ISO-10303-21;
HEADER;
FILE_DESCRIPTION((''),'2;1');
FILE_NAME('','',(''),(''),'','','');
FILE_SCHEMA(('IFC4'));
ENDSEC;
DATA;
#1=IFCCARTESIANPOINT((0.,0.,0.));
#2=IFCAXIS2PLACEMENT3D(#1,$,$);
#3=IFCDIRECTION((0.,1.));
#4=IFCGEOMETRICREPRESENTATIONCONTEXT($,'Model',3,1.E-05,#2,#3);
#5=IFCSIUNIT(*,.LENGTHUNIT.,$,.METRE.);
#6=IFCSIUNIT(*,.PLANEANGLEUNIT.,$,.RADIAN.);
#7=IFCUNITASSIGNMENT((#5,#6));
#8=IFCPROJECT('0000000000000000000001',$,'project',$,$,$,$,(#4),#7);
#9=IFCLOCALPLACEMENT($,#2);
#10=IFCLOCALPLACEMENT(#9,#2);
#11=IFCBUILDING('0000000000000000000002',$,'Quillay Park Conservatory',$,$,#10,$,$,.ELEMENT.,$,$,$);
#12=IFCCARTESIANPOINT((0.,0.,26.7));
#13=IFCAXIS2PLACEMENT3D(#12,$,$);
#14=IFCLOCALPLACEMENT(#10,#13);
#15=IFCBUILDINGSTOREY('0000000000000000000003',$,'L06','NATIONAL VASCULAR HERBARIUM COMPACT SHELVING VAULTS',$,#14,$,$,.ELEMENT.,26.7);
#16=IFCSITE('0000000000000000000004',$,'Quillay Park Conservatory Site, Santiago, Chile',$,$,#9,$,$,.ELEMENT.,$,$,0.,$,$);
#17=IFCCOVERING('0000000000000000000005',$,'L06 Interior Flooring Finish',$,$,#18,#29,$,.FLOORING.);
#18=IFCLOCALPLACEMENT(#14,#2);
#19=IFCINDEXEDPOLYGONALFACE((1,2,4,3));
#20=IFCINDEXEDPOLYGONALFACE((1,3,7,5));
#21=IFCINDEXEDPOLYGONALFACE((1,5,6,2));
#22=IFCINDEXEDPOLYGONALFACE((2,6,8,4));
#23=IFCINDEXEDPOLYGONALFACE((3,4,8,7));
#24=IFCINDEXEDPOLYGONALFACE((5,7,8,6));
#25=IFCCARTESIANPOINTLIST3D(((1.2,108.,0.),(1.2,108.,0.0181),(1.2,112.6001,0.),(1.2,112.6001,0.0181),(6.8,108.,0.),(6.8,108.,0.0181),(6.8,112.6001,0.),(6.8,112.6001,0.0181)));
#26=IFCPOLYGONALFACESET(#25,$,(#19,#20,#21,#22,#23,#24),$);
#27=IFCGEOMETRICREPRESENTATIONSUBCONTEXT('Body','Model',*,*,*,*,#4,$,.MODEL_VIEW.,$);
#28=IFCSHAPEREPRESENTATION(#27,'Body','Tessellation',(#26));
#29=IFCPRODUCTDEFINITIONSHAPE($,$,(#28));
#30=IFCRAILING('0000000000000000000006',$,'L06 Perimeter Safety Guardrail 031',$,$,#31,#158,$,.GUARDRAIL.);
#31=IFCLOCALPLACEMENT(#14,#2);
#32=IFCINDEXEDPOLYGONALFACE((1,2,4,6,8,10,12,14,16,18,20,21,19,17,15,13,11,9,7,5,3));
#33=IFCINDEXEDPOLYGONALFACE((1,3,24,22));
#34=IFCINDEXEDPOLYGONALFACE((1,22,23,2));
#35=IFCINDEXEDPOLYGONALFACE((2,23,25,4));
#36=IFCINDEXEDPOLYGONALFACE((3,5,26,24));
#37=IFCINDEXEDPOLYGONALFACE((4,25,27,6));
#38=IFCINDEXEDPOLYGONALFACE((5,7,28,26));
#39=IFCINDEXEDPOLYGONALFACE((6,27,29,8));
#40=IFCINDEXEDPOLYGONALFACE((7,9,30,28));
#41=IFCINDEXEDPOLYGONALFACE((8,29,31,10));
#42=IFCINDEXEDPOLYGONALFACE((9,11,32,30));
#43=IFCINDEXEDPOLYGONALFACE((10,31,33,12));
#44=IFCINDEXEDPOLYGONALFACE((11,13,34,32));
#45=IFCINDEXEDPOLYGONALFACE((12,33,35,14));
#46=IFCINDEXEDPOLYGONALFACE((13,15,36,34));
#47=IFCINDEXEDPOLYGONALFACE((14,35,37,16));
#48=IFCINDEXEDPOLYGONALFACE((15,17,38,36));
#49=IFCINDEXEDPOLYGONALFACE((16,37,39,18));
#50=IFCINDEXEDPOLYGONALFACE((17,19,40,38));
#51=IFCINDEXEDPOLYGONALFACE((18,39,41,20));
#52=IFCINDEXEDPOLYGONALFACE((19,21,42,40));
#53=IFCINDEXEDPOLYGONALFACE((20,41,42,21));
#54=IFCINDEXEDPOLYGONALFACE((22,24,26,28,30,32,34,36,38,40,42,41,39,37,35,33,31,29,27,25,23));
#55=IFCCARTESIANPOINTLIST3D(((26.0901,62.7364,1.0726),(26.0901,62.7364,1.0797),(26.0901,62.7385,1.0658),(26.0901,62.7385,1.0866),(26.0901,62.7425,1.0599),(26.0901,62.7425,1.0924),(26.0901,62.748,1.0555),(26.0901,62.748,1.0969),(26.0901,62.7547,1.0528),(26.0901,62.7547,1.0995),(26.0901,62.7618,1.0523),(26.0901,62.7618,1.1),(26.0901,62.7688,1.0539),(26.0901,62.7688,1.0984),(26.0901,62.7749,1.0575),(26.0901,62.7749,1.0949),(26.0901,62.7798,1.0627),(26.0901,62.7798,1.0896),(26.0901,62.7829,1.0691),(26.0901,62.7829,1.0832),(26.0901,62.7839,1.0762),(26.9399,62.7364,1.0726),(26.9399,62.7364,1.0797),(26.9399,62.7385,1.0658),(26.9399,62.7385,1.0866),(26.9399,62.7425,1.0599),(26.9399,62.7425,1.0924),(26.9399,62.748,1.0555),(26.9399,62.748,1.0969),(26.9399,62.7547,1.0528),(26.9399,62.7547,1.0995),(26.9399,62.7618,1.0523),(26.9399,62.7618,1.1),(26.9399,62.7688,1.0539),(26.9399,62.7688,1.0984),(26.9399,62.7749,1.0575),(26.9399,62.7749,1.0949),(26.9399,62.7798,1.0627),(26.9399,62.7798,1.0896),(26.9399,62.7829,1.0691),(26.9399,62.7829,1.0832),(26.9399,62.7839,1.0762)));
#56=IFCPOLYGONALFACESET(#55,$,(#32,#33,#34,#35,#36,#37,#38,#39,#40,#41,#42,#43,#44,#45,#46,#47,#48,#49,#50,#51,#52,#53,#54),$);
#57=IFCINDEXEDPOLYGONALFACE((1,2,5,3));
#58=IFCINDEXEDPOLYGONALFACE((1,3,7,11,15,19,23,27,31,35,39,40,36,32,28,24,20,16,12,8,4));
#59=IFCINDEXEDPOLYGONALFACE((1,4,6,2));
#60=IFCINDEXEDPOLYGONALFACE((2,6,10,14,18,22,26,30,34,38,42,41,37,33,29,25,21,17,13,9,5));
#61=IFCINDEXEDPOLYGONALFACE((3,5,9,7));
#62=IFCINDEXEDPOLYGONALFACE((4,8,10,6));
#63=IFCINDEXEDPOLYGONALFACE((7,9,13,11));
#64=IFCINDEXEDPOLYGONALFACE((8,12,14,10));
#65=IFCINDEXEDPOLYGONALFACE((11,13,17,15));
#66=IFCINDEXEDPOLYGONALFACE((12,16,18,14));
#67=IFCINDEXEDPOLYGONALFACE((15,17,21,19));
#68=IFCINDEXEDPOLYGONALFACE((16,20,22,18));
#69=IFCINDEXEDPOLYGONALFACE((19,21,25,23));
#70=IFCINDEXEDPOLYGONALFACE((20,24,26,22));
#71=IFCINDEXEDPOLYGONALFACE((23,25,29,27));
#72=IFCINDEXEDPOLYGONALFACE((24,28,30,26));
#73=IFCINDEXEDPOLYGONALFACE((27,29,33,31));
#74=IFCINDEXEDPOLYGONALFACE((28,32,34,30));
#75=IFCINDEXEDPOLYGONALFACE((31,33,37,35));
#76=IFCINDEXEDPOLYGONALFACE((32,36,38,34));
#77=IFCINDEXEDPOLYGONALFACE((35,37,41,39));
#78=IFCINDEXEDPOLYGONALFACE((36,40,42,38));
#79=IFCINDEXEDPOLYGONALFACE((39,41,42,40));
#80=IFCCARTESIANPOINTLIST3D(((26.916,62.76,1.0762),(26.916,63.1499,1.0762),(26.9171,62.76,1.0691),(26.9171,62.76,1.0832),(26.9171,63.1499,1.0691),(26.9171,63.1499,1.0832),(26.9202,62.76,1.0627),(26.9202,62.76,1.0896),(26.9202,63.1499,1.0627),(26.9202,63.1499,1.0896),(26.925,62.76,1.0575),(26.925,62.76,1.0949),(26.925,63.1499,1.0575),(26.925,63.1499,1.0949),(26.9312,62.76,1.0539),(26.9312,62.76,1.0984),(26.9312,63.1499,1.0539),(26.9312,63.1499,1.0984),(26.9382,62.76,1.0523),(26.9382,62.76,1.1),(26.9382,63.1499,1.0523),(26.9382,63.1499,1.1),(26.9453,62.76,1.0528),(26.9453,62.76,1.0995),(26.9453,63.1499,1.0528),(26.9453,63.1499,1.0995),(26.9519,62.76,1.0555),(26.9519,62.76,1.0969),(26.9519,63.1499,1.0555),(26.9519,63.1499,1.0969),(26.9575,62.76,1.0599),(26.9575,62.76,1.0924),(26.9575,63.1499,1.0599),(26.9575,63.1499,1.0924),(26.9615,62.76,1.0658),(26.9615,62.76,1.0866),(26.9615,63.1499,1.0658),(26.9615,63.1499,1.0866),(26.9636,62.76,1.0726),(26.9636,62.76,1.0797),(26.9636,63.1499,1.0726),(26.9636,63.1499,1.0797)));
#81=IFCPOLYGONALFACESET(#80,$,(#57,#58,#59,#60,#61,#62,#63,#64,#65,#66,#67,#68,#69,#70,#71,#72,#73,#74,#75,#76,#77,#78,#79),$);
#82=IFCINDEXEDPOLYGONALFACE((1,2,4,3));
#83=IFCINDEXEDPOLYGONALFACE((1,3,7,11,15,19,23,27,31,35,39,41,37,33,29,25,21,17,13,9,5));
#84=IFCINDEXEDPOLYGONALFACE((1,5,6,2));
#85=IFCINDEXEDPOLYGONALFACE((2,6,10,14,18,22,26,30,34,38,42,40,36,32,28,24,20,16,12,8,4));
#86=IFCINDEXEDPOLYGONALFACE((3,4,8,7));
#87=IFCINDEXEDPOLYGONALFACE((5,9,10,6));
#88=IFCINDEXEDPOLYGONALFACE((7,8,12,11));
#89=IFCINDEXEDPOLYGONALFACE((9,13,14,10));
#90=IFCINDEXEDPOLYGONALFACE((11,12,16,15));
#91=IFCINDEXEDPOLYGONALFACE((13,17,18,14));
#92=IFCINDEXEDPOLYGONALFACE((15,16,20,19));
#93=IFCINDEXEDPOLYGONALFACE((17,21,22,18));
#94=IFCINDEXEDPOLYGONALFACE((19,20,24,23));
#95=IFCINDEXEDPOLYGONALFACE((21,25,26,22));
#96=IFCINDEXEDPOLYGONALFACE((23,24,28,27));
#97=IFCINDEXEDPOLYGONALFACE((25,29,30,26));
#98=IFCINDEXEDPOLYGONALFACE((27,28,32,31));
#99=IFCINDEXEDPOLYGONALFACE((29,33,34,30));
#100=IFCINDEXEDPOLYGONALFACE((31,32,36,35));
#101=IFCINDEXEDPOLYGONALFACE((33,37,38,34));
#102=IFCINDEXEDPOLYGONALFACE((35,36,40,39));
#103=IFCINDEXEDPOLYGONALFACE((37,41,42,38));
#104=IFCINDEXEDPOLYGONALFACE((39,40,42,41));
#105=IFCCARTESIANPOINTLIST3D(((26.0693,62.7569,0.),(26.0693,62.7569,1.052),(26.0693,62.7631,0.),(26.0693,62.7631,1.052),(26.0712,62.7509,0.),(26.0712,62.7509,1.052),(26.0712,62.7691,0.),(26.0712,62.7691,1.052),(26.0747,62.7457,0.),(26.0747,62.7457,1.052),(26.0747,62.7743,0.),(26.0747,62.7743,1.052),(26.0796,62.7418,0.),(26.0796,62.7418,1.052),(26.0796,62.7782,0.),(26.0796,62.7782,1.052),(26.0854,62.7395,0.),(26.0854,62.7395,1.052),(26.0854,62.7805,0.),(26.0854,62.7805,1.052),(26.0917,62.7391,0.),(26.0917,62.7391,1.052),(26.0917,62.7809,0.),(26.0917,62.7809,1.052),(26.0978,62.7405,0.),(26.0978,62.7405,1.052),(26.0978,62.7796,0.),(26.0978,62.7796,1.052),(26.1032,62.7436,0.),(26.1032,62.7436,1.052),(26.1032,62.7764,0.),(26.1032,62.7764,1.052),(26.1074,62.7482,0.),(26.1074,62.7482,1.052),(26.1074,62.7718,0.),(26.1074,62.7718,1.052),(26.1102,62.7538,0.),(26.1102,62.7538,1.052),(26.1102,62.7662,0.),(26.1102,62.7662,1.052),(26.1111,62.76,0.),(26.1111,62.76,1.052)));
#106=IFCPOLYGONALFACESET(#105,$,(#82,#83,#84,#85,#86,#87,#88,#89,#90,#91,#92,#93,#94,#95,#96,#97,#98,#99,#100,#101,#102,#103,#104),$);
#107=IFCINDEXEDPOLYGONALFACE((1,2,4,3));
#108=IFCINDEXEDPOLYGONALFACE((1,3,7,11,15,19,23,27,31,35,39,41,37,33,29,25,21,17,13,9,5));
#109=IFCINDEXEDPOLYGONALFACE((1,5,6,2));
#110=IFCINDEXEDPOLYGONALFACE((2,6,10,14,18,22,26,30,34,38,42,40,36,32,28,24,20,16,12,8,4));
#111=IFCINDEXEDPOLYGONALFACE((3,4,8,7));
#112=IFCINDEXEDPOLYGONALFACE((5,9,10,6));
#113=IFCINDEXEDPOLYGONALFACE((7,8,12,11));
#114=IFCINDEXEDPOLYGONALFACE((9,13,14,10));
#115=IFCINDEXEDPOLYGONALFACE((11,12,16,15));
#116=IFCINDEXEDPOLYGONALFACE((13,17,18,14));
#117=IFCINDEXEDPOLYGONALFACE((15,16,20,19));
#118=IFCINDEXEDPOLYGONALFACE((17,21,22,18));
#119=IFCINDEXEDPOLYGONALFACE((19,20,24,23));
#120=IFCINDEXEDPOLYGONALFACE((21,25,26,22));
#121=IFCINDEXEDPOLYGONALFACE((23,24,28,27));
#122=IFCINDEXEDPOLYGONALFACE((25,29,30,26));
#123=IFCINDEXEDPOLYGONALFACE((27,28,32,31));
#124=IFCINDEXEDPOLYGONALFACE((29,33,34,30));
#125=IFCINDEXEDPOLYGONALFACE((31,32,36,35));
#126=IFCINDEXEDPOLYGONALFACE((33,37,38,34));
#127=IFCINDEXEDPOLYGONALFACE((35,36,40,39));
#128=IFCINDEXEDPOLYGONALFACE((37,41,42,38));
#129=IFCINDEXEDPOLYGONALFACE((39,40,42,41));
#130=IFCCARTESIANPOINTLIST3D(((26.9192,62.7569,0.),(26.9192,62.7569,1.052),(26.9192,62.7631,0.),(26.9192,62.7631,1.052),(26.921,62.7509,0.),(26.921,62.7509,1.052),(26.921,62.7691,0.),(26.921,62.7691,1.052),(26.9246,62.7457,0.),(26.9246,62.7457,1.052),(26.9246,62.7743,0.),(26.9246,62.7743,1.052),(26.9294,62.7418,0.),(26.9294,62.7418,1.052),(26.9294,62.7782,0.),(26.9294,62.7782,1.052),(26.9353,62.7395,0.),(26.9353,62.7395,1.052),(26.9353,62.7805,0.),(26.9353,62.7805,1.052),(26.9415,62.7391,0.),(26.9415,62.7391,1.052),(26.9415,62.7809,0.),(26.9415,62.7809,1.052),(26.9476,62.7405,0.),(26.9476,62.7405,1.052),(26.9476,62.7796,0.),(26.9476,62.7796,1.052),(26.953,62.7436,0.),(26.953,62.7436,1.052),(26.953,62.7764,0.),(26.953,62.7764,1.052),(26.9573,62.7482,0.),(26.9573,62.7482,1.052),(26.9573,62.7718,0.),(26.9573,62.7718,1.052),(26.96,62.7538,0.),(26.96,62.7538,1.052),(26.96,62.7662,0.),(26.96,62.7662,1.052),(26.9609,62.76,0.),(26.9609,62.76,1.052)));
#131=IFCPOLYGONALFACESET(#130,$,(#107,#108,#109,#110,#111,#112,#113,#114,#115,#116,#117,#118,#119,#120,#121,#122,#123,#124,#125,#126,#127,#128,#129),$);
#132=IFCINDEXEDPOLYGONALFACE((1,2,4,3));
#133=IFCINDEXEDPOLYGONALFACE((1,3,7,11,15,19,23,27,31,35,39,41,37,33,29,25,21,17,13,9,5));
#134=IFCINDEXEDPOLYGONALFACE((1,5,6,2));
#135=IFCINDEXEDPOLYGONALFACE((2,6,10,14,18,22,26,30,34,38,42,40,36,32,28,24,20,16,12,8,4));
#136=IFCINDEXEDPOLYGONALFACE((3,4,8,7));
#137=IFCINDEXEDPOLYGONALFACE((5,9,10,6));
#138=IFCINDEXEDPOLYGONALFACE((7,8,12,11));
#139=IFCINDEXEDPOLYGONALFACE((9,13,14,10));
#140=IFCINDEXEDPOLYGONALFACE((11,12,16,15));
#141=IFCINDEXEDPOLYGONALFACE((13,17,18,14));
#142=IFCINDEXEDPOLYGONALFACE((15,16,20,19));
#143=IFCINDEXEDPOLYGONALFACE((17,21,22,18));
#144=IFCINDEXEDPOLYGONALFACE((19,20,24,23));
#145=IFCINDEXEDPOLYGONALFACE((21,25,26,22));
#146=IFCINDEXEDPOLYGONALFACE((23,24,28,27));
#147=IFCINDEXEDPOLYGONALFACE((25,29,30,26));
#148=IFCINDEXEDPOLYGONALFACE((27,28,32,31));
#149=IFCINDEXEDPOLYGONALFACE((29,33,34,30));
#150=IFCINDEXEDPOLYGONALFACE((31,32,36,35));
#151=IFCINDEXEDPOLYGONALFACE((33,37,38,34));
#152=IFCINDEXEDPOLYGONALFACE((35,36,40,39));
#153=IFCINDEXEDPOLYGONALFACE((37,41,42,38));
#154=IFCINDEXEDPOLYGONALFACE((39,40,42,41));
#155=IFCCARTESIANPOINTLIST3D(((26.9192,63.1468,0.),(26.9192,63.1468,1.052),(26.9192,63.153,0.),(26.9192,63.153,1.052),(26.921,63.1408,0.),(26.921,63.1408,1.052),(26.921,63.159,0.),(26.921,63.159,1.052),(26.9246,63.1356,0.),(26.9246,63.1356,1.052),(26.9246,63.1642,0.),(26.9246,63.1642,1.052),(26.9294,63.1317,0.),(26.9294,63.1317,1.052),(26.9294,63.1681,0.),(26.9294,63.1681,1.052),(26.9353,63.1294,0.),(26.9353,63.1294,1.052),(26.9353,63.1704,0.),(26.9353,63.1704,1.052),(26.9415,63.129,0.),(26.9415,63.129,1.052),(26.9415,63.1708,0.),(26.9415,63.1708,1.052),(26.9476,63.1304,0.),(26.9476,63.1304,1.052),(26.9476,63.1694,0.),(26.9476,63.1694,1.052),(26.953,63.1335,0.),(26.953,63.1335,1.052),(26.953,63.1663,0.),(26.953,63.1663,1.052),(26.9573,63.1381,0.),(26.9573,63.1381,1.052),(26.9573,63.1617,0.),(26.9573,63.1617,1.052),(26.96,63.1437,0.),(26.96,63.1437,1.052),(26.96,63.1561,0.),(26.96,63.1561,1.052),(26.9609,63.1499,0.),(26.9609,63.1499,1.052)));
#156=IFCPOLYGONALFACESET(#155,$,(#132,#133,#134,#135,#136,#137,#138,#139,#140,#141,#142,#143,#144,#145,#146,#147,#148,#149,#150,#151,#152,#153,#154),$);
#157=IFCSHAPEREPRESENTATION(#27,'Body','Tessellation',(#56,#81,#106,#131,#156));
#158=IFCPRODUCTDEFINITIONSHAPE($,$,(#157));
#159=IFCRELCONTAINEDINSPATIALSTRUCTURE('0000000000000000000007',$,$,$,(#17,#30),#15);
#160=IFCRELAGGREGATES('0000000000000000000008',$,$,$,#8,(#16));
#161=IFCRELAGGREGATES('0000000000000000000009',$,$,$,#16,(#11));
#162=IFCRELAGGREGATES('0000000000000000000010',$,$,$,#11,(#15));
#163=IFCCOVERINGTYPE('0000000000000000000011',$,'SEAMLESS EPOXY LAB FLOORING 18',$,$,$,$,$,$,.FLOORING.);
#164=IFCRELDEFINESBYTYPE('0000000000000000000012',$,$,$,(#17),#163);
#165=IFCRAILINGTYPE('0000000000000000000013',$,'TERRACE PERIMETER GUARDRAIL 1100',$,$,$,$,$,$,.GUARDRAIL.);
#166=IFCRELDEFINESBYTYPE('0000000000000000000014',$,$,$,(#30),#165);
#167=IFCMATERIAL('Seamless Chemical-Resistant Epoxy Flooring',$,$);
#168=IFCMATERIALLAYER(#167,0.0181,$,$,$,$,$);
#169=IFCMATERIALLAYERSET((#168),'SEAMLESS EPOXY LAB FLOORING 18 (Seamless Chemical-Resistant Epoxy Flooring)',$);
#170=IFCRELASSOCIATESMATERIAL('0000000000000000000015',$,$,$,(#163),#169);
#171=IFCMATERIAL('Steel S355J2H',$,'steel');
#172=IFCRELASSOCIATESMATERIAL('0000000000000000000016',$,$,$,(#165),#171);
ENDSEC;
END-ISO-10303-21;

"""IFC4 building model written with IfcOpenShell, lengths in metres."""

from ifc_helpers import new_model, si_unit, direction, frame, origin, origin_2d, place, context, subcontext, project, spatial, polyline, circle, outline, extrude, material, layer, layer_set, type_object, element, save


model = new_model("IFC4")

# Units and contexts
model_context = context("Model", 3, precision=1e-05, world=origin(), true_north=direction((0.0, 1.0)))
body_context = subcontext(model_context, "Body", "Model", "MODEL_VIEW")
ifc_project = project(units=[si_unit("LENGTHUNIT", "METRE"), si_unit("PLANEANGLEUNIT", "RADIAN")], contexts=[model_context])

# Site, building, storey
site_placement = place(None, origin())
site = spatial("IfcSite", under=ifc_project, at=site_placement, Name="Quillay Park Conservatory Site, Santiago, Chile", CompositionType="ELEMENT", RefElevation=0.0)
building_placement = place(site_placement, origin())
building = spatial("IfcBuilding", under=site, at=building_placement, Name="Quillay Park Conservatory", CompositionType="ELEMENT")
storey_placement = place(building_placement, frame((0.0, 0.0, 26.7)))
storey = spatial("IfcBuildingStorey", under=building, at=storey_placement, Name="L06", Description="NATIONAL VASCULAR HERBARIUM COMPACT SHELVING VAULTS", CompositionType="ELEMENT", Elevation=26.7)

# Covering
ifc_material_1 = material(Name="Seamless Chemical-Resistant Epoxy Flooring")
ifc_layer_1 = layer(ifc_material_1, 0.0181)
ifc_layer_set_1 = layer_set([ifc_layer_1], Name="SEAMLESS EPOXY LAB FLOORING 18 (Seamless Chemical-Resistant Epoxy Flooring)")
covering_type_1 = type_object("IfcCoveringType", Name="SEAMLESS EPOXY LAB FLOORING 18", PredefinedType="FLOORING", material=ifc_layer_set_1)
covering_1_placement = place(storey_placement, origin())
element("IfcCovering", 1, at=covering_1_placement, inside=storey, type_object=covering_type_1, Name="L06 Interior Flooring Finish", PredefinedType="FLOORING", context=body_context, shape_type="SweptSolid", body=[
    extrude(outline(polyline([(1.2, 108.0), (6.8, 108.0), (6.8, 112.6001), (1.2, 112.6001), (1.2, 108.0)])), origin(), (0.0, 0.0, 1.0), 0.0181),
])

# Railing
ifc_material_2 = material(Name="Steel S355J2H", Category="steel")
railing_type = type_object("IfcRailingType", Name="TERRACE PERIMETER GUARDRAIL 1100", PredefinedType="GUARDRAIL", material=ifc_material_2)
railing_placement = place(storey_placement, frame((26.0901, 62.76, 0.0)))
element("IfcRailing", 2, at=railing_placement, inside=storey, type_object=railing_type, Name="L06 Perimeter Safety Guardrail 031", PredefinedType="GUARDRAIL", context=body_context, shape_type="SweptSolid", body=[
    extrude(circle(Radius=0.0239, at=origin_2d()), frame((0.0, 0.0, 1.0762), z_axis=(1.0, 0.0, 0.0), x_axis=(0.0, 1.0, 0.0)), (0.0, 0.0, 1.0), 0.8499),
    extrude(circle(Radius=0.0239, at=origin_2d()), frame((0.8499, 0.0, 1.0762), z_axis=(0.0, 1.0, 0.0), x_axis=(-1.0, 0.0, 0.0)), (0.0, 0.0, 1.0), 0.3899),
    extrude(circle(Radius=0.021, at=origin_2d()), origin(), (0.0, 0.0, 1.0), 1.052),
    extrude(circle(Radius=0.021, at=origin_2d()), frame((0.8499, 0.0, 0.0)), (0.0, 0.0, 1.0), 1.052),
    extrude(circle(Radius=0.021, at=origin_2d()), frame((0.8499, 0.3899, 0.0)), (0.0, 0.0, 1.0), 1.052),
])

save(model, "model.ifc")
